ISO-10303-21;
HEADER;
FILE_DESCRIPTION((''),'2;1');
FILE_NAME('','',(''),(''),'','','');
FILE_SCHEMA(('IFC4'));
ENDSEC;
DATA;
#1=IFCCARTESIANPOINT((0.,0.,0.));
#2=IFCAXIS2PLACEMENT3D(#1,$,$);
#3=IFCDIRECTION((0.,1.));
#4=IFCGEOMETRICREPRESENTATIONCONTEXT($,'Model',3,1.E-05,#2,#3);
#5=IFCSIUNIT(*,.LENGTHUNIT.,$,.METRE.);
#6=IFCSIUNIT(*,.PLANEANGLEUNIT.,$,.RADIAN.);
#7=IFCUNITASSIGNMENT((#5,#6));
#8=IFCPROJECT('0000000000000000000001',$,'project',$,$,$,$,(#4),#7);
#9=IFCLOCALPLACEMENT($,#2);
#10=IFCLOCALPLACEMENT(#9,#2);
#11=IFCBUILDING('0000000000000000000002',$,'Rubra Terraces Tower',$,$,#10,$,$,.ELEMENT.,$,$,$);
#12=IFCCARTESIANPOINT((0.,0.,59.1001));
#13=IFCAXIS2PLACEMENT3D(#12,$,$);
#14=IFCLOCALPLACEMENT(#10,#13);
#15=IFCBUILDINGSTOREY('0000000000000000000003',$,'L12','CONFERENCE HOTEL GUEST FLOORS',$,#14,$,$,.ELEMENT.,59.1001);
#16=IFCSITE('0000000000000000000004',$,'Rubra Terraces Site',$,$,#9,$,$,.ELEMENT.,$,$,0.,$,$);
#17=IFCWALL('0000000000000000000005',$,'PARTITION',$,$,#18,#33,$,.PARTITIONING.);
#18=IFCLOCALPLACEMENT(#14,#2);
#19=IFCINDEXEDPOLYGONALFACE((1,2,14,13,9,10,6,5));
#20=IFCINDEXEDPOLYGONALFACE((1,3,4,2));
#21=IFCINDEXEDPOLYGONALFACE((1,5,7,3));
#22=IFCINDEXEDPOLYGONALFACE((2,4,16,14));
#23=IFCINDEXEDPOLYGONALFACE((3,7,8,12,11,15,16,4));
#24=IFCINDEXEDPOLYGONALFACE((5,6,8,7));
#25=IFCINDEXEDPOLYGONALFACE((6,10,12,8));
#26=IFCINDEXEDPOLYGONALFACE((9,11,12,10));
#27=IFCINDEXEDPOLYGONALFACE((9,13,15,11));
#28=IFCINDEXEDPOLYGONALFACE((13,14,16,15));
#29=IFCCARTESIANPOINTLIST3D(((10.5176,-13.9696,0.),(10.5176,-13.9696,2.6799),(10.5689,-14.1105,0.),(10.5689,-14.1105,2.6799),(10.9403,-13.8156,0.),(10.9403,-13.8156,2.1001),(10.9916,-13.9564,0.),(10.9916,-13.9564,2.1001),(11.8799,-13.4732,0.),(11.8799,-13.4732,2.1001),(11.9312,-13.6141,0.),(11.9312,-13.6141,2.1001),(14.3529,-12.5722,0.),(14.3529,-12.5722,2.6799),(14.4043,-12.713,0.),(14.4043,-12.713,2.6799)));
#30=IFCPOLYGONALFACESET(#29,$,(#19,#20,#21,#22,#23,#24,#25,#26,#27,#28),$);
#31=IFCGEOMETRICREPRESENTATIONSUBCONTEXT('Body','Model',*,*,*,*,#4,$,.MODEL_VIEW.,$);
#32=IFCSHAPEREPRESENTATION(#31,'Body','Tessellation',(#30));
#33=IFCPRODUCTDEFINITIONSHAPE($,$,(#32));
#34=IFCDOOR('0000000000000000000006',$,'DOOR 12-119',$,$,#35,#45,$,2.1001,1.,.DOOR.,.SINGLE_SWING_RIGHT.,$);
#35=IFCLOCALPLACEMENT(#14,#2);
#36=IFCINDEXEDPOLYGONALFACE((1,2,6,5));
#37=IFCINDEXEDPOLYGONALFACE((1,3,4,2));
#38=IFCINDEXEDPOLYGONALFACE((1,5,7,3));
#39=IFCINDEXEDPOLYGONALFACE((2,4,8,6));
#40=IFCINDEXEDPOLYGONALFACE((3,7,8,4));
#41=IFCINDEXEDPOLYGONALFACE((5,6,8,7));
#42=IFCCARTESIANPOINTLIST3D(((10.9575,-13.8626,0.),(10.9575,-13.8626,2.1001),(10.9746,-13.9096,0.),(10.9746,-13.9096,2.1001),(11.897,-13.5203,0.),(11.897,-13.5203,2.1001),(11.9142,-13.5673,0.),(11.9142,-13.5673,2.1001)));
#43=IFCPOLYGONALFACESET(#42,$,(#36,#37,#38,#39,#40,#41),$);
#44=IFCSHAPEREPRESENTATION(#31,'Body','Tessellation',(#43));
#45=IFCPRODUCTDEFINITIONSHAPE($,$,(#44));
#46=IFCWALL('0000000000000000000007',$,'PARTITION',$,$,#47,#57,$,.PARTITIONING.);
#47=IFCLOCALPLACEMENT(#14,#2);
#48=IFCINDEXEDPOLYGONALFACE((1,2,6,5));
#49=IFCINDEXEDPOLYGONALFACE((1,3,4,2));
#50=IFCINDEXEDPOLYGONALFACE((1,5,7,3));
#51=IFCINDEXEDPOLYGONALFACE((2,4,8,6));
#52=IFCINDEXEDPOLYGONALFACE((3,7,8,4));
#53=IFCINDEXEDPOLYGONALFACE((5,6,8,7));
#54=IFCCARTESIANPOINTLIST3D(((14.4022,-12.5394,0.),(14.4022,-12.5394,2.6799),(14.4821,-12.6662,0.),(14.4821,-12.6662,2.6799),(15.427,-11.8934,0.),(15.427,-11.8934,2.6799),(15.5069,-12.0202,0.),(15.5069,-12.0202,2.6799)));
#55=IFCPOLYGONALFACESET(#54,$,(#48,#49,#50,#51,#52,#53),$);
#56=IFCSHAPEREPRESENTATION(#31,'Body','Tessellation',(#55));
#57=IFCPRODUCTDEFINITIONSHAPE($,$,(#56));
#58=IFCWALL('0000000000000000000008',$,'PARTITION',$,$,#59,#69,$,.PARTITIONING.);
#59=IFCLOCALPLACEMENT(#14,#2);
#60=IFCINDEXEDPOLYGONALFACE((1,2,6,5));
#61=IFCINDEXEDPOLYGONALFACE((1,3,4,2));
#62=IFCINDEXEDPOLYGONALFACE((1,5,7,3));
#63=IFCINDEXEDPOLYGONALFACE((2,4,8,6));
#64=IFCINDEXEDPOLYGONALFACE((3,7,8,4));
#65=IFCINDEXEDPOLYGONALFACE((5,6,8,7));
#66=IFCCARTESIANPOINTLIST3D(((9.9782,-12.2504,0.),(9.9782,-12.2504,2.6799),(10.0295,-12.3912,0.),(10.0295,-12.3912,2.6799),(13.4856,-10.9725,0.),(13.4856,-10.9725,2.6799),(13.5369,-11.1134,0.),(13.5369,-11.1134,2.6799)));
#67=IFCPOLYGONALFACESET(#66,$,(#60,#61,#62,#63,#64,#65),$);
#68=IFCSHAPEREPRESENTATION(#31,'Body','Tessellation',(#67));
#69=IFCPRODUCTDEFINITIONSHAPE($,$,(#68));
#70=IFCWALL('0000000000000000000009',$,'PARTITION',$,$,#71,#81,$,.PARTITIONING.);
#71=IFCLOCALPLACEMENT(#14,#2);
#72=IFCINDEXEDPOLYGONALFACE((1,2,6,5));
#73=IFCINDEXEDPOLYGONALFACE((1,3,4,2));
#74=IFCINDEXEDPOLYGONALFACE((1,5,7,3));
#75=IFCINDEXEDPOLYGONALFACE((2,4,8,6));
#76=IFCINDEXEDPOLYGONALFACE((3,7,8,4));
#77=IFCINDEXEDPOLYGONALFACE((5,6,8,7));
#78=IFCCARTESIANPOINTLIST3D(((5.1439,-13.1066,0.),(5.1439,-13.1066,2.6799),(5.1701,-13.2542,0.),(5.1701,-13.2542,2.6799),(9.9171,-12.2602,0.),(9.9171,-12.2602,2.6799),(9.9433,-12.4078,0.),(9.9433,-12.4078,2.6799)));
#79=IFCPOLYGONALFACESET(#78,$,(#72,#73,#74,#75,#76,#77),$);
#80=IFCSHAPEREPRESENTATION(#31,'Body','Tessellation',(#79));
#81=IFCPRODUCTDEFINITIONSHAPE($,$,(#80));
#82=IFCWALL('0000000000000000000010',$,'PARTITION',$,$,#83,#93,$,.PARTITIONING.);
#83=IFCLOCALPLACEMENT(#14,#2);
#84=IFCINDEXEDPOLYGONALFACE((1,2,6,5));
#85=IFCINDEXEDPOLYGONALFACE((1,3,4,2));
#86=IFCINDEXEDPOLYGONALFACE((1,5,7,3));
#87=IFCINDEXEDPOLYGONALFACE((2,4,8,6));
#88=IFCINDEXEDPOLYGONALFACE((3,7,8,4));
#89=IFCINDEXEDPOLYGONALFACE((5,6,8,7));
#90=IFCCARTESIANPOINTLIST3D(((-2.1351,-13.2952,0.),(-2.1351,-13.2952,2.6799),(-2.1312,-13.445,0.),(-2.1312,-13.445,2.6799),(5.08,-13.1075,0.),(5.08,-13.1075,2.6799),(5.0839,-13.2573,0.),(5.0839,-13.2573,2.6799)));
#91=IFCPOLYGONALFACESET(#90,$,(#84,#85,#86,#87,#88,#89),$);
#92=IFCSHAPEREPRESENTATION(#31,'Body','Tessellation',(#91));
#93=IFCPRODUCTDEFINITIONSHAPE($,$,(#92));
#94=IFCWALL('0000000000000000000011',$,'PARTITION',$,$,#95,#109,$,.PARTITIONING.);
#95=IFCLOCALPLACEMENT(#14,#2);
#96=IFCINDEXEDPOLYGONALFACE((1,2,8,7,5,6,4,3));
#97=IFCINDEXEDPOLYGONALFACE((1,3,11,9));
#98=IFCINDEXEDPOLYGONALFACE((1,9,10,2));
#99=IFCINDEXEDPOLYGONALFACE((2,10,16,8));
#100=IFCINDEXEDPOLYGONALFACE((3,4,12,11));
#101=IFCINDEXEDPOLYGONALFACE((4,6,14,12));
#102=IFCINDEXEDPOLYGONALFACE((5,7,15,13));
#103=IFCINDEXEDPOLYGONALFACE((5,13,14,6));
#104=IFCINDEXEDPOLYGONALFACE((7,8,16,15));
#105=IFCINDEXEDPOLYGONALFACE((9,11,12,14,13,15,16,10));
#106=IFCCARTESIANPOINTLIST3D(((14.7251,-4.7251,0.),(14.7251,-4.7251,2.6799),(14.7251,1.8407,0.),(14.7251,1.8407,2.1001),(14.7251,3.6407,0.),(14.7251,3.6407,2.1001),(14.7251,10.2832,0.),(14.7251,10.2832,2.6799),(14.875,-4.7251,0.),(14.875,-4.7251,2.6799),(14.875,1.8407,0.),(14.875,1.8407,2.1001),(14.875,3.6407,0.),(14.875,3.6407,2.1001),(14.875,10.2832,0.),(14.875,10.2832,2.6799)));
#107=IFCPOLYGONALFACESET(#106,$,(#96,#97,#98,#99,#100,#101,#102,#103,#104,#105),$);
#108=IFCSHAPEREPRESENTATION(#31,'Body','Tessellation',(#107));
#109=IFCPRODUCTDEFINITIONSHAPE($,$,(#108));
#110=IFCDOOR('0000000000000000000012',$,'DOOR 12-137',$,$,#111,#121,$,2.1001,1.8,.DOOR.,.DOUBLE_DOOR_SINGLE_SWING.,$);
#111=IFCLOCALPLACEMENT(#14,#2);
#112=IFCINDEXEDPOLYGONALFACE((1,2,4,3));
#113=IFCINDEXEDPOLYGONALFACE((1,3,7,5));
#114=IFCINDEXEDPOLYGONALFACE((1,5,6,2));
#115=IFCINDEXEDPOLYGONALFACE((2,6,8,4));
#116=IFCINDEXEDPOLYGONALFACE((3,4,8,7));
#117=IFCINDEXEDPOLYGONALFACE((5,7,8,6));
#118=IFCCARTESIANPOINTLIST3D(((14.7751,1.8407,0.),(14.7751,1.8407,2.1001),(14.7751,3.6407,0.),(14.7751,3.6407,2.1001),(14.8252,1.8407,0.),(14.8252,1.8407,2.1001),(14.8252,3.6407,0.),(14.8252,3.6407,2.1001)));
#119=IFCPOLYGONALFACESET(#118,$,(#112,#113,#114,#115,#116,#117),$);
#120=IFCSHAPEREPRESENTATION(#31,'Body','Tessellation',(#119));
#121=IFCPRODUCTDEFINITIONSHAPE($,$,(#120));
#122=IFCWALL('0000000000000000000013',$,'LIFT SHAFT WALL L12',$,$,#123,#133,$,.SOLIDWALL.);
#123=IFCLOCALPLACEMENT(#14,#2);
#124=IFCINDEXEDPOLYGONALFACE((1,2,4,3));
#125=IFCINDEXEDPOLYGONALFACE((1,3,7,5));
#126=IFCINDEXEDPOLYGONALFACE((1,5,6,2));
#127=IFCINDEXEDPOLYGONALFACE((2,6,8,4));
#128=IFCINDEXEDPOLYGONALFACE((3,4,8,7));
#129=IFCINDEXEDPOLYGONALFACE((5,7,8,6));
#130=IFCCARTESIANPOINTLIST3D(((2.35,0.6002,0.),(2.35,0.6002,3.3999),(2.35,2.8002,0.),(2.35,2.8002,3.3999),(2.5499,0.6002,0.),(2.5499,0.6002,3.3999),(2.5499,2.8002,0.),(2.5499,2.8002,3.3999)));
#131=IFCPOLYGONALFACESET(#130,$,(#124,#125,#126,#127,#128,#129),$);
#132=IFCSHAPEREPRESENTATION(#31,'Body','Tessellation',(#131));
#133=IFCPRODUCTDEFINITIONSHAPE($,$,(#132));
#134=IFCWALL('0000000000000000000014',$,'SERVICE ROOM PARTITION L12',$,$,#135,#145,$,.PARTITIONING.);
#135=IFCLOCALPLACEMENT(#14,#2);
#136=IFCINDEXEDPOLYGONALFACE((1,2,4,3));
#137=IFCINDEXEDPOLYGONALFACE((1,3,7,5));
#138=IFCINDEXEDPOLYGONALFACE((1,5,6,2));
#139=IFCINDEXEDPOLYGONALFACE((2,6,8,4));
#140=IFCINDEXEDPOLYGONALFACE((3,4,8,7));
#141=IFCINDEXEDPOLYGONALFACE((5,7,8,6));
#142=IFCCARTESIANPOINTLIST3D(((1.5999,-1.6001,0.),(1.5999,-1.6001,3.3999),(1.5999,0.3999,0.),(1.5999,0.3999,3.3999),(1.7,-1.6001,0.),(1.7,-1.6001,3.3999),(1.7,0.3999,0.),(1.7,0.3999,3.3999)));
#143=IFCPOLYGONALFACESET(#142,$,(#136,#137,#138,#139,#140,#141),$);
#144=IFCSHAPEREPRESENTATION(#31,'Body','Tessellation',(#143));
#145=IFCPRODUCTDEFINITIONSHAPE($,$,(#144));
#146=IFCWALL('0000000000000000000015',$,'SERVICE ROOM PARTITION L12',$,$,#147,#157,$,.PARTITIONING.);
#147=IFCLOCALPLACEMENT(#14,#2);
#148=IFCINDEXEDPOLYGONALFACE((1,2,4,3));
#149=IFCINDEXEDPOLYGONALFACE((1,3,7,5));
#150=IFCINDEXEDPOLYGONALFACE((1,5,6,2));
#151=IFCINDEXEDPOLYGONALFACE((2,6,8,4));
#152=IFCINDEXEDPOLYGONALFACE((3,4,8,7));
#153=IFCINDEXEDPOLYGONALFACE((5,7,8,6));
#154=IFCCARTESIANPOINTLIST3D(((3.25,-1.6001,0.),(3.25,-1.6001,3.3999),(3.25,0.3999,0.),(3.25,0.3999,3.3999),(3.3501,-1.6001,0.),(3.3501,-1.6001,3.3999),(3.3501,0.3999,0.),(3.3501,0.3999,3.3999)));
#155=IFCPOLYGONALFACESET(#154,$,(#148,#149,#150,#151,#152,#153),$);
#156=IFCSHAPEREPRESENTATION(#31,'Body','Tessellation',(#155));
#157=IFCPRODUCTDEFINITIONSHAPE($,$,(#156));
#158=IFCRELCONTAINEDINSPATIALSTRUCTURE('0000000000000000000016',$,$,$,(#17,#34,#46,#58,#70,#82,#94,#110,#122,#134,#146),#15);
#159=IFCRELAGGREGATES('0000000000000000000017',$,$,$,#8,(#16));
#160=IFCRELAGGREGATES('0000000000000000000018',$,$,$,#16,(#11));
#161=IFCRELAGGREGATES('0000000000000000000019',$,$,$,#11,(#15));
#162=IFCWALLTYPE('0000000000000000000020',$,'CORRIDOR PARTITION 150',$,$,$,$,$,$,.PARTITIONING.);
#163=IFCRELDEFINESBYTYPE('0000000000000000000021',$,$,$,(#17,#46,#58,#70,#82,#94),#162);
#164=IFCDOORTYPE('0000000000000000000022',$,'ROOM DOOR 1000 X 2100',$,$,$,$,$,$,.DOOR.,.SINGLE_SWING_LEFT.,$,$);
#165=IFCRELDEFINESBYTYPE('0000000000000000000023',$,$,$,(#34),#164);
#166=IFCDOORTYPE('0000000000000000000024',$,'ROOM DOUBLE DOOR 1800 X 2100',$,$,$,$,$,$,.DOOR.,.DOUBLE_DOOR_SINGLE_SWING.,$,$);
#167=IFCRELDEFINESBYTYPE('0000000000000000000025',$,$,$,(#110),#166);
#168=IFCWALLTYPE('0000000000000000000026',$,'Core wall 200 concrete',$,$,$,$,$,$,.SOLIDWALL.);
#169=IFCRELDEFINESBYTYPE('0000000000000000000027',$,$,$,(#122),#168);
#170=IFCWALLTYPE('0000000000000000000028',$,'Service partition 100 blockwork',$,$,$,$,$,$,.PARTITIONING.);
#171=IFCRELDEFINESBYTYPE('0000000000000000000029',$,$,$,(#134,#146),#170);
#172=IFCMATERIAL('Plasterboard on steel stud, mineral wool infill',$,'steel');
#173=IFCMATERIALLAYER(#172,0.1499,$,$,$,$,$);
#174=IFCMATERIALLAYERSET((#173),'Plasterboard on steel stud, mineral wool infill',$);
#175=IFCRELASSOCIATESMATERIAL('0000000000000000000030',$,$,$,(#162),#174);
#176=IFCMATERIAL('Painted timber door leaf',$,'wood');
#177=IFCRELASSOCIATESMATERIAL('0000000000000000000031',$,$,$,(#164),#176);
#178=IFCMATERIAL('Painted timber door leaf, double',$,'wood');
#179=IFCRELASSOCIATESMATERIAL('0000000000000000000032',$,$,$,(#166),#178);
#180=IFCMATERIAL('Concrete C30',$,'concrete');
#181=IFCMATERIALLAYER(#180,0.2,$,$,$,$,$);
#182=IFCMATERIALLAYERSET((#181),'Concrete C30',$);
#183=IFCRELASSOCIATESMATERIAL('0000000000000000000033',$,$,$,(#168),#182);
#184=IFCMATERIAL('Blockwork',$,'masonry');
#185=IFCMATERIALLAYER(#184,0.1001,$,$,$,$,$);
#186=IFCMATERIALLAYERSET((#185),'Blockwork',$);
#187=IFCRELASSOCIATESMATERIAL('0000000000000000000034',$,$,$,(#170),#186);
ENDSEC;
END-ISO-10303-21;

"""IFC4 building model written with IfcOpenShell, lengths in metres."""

from ifc_helpers import new_model, si_unit, direction, frame, frame_2d, origin, place, context, subcontext, project, spatial, rectangle, extrude, material, layer, layer_set, type_object, element, fill, save


model = new_model("IFC4")

# Units and contexts
model_context = context("Model", 3, precision=1e-05, world=origin(), true_north=direction((0.0, 1.0)))
body_context = subcontext(model_context, "Body", "Model", "MODEL_VIEW")
ifc_project = project(units=[si_unit("LENGTHUNIT", "METRE"), si_unit("PLANEANGLEUNIT", "RADIAN")], contexts=[model_context])

# Site, building, storey
site_placement = place(None, origin())
site = spatial("IfcSite", under=ifc_project, at=site_placement, Name="Rubra Terraces Site", CompositionType="ELEMENT", RefElevation=0.0)
building_placement = place(site_placement, origin())
building = spatial("IfcBuilding", under=site, at=building_placement, Name="Rubra Terraces Tower", CompositionType="ELEMENT")
storey_placement = place(building_placement, frame((0.0, 0.0, 59.1001)))
storey = spatial("IfcBuildingStorey", under=building, at=storey_placement, Name="L12", Description="CONFERENCE HOTEL GUEST FLOORS", CompositionType="ELEMENT", Elevation=59.1001)

# Shared definitions
ifc_material_1 = material(Name="Plasterboard on steel stud, mineral wool infill", Category="steel")
ifc_layer_1 = layer(ifc_material_1, 0.1499)
ifc_layer_set_1 = layer_set([ifc_layer_1], Name="Plasterboard on steel stud, mineral wool infill")
wall_type_1 = type_object("IfcWallType", Name="CORRIDOR PARTITION 150", PredefinedType="PARTITIONING", material=ifc_layer_set_1)

# Wall, opening, door
wall_1_placement = place(storey_placement, frame((10.5432, -14.04, 0.0), z_axis=(0.0, 0.0, 1.0), x_axis=(0.939577, 0.342338, 0.0)))
wall_1 = element("IfcWall", 1, at=wall_1_placement, inside=storey, type_object=wall_type_1, Name="PARTITION", PredefinedType="PARTITIONING", context=body_context, shape_type="SweptSolid", body=[
    extrude(rectangle(XDim=4.082, YDim=0.1499, at=frame_2d((2.041, 0.0))), origin(), (0.0, 0.0, 1.0), 2.6799),
])
opening_1_placement = place(wall_1_placement, frame((0.45, 0.0, 0.0)))
opening_1 = element("IfcOpeningElement", 2, at=opening_1_placement, cuts=wall_1, PredefinedType="OPENING", context=body_context, shape_type="SweptSolid", body=[
    extrude(rectangle(XDim=1.0, YDim=2.1001, at=frame_2d((0.5, 1.05))), frame((0.0, 0.085, 0.0), z_axis=(0.0, -1.0, 0.0), x_axis=(1.0, 0.0, 0.0)), (0.0, 0.0, 1.0), 0.1699),
])
ifc_material_2 = material(Name="Painted timber door leaf", Category="wood")
door_type_1 = type_object("IfcDoorType", Name="ROOM DOOR 1000 X 2100", OperationType="SINGLE_SWING_LEFT", PredefinedType="DOOR", material=ifc_material_2)
door_1_placement = place(opening_1_placement, origin())
door_1 = element("IfcDoor", 3, at=door_1_placement, inside=storey, type_object=door_type_1, Name="DOOR 12-119", OperationType="SINGLE_SWING_RIGHT", OverallHeight=2.1001, OverallWidth=1.0, PredefinedType="DOOR", context=body_context, shape_type="SweptSolid", body=[
    extrude(rectangle(XDim=1.0, YDim=2.1001, at=frame_2d((0.5, 1.05))), frame((0.0, 0.0249, 0.0), z_axis=(0.0, -1.0, 0.0), x_axis=(1.0, 0.0, 0.0)), (0.0, 0.0, 1.0), 0.05),
])
fill(opening_1, door_1)

# Walls
wall_2_placement = place(storey_placement, frame((14.4421, -12.6028, 0.0), z_axis=(0.0, 0.0, 1.0), x_axis=(0.845977, 0.533219, 0.0)))
element("IfcWall", 4, at=wall_2_placement, inside=storey, type_object=wall_type_1, Name="PARTITION", PredefinedType="PARTITIONING", context=body_context, shape_type="SweptSolid", body=[
    extrude(rectangle(XDim=1.2114, YDim=0.1499, at=frame_2d((0.6057, 0.0))), origin(), (0.0, 0.0, 1.0), 2.6799),
])
wall_3_placement = place(storey_placement, frame((13.5112, -11.043, 0.0), z_axis=(0.0, 0.0, 1.0), x_axis=(-0.939583, -0.342321, 0.0)))
element("IfcWall", 5, at=wall_3_placement, inside=storey, type_object=wall_type_1, Name="PARTITION", PredefinedType="PARTITIONING", context=body_context, shape_type="SweptSolid", body=[
    extrude(rectangle(XDim=3.7329, YDim=0.1499, at=frame_2d((1.8665, 0.0))), origin(), (0.0, 0.0, 1.0), 2.6799),
])
wall_4_placement = place(storey_placement, frame((9.9302, -12.334, 0.0), z_axis=(0.0, 0.0, 1.0), x_axis=(-0.984638, -0.174607, 0.0)))
element("IfcWall", 6, at=wall_4_placement, inside=storey, type_object=wall_type_1, Name="PARTITION", PredefinedType="PARTITIONING", context=body_context, shape_type="SweptSolid", body=[
    extrude(rectangle(XDim=4.8477, YDim=0.1499, at=frame_2d((2.4238, 0.0))), origin(), (0.0, 0.0, 1.0), 2.6799),
])
wall_5_placement = place(storey_placement, frame((5.082, -13.1824, 0.0), z_axis=(0.0, 0.0, 1.0), x_axis=(-0.999662, -0.026012, 0.0)))
element("IfcWall", 7, at=wall_5_placement, inside=storey, type_object=wall_type_1, Name="PARTITION", PredefinedType="PARTITIONING", context=body_context, shape_type="SweptSolid", body=[
    extrude(rectangle(XDim=7.2175, YDim=0.1499, at=frame_2d((3.6089, 0.0))), origin(), (0.0, 0.0, 1.0), 2.6799),
])

# Wall, opening, door
wall_6_placement = place(storey_placement, frame((14.8, -4.7251, 0.0), z_axis=(0.0, 0.0, 1.0), x_axis=(0.0, 1.0, 0.0)))
wall_6 = element("IfcWall", 8, at=wall_6_placement, inside=storey, type_object=wall_type_1, Name="PARTITION", PredefinedType="PARTITIONING", context=body_context, shape_type="SweptSolid", body=[
    extrude(rectangle(XDim=15.0083, YDim=0.1499, at=frame_2d((7.5042, 0.0))), origin(), (0.0, 0.0, 1.0), 2.6799),
])
opening_2_placement = place(wall_6_placement, frame((6.5659, 0.0, 0.0)))
opening_2 = element("IfcOpeningElement", 9, at=opening_2_placement, cuts=wall_6, PredefinedType="OPENING", context=body_context, shape_type="SweptSolid", body=[
    extrude(rectangle(XDim=1.8, YDim=2.1001, at=frame_2d((0.8999, 1.05))), frame((0.0, 0.085, 0.0), z_axis=(0.0, -1.0, 0.0), x_axis=(1.0, 0.0, 0.0)), (0.0, 0.0, 1.0), 0.1699),
])
ifc_material_3 = material(Name="Painted timber door leaf, double", Category="wood")
door_type_2 = type_object("IfcDoorType", Name="ROOM DOUBLE DOOR 1800 X 2100", OperationType="DOUBLE_DOOR_SINGLE_SWING", PredefinedType="DOOR", material=ifc_material_3)
door_2_placement = place(opening_2_placement, origin())
door_2 = element("IfcDoor", 10, at=door_2_placement, inside=storey, type_object=door_type_2, Name="DOOR 12-137", OperationType="DOUBLE_DOOR_SINGLE_SWING", OverallHeight=2.1001, OverallWidth=1.8, PredefinedType="DOOR", context=body_context, shape_type="SweptSolid", body=[
    extrude(rectangle(XDim=1.8, YDim=2.1001, at=frame_2d((0.8999, 1.05))), frame((0.0, 0.0249, 0.0), z_axis=(0.0, -1.0, 0.0), x_axis=(1.0, 0.0, 0.0)), (0.0, 0.0, 1.0), 0.05),
])
fill(opening_2, door_2)

# Walls
ifc_material_4 = material(Name="Concrete C30", Category="concrete")
ifc_layer_2 = layer(ifc_material_4, 0.2)
ifc_layer_set_2 = layer_set([ifc_layer_2], Name="Concrete C30")
wall_type_2 = type_object("IfcWallType", Name="Core wall 200 concrete", PredefinedType="SOLIDWALL", material=ifc_layer_set_2)
wall_7_placement = place(storey_placement, frame((2.45, 0.6001, 0.0), z_axis=(0.0, 0.0, 1.0), x_axis=(0.0, 1.0, 0.0)))
element("IfcWall", 11, at=wall_7_placement, inside=storey, type_object=wall_type_2, Name="LIFT SHAFT WALL L12", PredefinedType="SOLIDWALL", context=body_context, shape_type="SweptSolid", body=[
    extrude(rectangle(XDim=2.2, YDim=0.2, at=frame_2d((1.1001, 0.0))), origin(), (0.0, 0.0, 1.0), 3.3999),
])
ifc_material_5 = material(Name="Blockwork", Category="masonry")
ifc_layer_3 = layer(ifc_material_5, 0.1001)
ifc_layer_set_3 = layer_set([ifc_layer_3], Name="Blockwork")
wall_type_3 = type_object("IfcWallType", Name="Service partition 100 blockwork", PredefinedType="PARTITIONING", material=ifc_layer_set_3)
for number, where, z_axis, x_axis, name in (
    (12, (1.6499, -1.6001, 0.0), (0.0, 0.0, 1.0), (0.0, 1.0, 0.0), "SERVICE ROOM PARTITION L12"),
    (13, (3.3, -1.6001, 0.0), (0.0, 0.0, 1.0), (0.0, 1.0, 0.0), "SERVICE ROOM PARTITION L12"),
):
    element("IfcWall", number, at=place(storey_placement, frame(where, z_axis=z_axis, x_axis=x_axis)), inside=storey, type_object=wall_type_3, Name=name, PredefinedType="PARTITIONING", context=body_context, shape_type="SweptSolid", body=[
        extrude(rectangle(XDim=2.0, YDim=0.1001, at=frame_2d((1.0, 0.0))), origin(), (0.0, 0.0, 1.0), 3.3999),
    ])

save(model, "model.ifc")
